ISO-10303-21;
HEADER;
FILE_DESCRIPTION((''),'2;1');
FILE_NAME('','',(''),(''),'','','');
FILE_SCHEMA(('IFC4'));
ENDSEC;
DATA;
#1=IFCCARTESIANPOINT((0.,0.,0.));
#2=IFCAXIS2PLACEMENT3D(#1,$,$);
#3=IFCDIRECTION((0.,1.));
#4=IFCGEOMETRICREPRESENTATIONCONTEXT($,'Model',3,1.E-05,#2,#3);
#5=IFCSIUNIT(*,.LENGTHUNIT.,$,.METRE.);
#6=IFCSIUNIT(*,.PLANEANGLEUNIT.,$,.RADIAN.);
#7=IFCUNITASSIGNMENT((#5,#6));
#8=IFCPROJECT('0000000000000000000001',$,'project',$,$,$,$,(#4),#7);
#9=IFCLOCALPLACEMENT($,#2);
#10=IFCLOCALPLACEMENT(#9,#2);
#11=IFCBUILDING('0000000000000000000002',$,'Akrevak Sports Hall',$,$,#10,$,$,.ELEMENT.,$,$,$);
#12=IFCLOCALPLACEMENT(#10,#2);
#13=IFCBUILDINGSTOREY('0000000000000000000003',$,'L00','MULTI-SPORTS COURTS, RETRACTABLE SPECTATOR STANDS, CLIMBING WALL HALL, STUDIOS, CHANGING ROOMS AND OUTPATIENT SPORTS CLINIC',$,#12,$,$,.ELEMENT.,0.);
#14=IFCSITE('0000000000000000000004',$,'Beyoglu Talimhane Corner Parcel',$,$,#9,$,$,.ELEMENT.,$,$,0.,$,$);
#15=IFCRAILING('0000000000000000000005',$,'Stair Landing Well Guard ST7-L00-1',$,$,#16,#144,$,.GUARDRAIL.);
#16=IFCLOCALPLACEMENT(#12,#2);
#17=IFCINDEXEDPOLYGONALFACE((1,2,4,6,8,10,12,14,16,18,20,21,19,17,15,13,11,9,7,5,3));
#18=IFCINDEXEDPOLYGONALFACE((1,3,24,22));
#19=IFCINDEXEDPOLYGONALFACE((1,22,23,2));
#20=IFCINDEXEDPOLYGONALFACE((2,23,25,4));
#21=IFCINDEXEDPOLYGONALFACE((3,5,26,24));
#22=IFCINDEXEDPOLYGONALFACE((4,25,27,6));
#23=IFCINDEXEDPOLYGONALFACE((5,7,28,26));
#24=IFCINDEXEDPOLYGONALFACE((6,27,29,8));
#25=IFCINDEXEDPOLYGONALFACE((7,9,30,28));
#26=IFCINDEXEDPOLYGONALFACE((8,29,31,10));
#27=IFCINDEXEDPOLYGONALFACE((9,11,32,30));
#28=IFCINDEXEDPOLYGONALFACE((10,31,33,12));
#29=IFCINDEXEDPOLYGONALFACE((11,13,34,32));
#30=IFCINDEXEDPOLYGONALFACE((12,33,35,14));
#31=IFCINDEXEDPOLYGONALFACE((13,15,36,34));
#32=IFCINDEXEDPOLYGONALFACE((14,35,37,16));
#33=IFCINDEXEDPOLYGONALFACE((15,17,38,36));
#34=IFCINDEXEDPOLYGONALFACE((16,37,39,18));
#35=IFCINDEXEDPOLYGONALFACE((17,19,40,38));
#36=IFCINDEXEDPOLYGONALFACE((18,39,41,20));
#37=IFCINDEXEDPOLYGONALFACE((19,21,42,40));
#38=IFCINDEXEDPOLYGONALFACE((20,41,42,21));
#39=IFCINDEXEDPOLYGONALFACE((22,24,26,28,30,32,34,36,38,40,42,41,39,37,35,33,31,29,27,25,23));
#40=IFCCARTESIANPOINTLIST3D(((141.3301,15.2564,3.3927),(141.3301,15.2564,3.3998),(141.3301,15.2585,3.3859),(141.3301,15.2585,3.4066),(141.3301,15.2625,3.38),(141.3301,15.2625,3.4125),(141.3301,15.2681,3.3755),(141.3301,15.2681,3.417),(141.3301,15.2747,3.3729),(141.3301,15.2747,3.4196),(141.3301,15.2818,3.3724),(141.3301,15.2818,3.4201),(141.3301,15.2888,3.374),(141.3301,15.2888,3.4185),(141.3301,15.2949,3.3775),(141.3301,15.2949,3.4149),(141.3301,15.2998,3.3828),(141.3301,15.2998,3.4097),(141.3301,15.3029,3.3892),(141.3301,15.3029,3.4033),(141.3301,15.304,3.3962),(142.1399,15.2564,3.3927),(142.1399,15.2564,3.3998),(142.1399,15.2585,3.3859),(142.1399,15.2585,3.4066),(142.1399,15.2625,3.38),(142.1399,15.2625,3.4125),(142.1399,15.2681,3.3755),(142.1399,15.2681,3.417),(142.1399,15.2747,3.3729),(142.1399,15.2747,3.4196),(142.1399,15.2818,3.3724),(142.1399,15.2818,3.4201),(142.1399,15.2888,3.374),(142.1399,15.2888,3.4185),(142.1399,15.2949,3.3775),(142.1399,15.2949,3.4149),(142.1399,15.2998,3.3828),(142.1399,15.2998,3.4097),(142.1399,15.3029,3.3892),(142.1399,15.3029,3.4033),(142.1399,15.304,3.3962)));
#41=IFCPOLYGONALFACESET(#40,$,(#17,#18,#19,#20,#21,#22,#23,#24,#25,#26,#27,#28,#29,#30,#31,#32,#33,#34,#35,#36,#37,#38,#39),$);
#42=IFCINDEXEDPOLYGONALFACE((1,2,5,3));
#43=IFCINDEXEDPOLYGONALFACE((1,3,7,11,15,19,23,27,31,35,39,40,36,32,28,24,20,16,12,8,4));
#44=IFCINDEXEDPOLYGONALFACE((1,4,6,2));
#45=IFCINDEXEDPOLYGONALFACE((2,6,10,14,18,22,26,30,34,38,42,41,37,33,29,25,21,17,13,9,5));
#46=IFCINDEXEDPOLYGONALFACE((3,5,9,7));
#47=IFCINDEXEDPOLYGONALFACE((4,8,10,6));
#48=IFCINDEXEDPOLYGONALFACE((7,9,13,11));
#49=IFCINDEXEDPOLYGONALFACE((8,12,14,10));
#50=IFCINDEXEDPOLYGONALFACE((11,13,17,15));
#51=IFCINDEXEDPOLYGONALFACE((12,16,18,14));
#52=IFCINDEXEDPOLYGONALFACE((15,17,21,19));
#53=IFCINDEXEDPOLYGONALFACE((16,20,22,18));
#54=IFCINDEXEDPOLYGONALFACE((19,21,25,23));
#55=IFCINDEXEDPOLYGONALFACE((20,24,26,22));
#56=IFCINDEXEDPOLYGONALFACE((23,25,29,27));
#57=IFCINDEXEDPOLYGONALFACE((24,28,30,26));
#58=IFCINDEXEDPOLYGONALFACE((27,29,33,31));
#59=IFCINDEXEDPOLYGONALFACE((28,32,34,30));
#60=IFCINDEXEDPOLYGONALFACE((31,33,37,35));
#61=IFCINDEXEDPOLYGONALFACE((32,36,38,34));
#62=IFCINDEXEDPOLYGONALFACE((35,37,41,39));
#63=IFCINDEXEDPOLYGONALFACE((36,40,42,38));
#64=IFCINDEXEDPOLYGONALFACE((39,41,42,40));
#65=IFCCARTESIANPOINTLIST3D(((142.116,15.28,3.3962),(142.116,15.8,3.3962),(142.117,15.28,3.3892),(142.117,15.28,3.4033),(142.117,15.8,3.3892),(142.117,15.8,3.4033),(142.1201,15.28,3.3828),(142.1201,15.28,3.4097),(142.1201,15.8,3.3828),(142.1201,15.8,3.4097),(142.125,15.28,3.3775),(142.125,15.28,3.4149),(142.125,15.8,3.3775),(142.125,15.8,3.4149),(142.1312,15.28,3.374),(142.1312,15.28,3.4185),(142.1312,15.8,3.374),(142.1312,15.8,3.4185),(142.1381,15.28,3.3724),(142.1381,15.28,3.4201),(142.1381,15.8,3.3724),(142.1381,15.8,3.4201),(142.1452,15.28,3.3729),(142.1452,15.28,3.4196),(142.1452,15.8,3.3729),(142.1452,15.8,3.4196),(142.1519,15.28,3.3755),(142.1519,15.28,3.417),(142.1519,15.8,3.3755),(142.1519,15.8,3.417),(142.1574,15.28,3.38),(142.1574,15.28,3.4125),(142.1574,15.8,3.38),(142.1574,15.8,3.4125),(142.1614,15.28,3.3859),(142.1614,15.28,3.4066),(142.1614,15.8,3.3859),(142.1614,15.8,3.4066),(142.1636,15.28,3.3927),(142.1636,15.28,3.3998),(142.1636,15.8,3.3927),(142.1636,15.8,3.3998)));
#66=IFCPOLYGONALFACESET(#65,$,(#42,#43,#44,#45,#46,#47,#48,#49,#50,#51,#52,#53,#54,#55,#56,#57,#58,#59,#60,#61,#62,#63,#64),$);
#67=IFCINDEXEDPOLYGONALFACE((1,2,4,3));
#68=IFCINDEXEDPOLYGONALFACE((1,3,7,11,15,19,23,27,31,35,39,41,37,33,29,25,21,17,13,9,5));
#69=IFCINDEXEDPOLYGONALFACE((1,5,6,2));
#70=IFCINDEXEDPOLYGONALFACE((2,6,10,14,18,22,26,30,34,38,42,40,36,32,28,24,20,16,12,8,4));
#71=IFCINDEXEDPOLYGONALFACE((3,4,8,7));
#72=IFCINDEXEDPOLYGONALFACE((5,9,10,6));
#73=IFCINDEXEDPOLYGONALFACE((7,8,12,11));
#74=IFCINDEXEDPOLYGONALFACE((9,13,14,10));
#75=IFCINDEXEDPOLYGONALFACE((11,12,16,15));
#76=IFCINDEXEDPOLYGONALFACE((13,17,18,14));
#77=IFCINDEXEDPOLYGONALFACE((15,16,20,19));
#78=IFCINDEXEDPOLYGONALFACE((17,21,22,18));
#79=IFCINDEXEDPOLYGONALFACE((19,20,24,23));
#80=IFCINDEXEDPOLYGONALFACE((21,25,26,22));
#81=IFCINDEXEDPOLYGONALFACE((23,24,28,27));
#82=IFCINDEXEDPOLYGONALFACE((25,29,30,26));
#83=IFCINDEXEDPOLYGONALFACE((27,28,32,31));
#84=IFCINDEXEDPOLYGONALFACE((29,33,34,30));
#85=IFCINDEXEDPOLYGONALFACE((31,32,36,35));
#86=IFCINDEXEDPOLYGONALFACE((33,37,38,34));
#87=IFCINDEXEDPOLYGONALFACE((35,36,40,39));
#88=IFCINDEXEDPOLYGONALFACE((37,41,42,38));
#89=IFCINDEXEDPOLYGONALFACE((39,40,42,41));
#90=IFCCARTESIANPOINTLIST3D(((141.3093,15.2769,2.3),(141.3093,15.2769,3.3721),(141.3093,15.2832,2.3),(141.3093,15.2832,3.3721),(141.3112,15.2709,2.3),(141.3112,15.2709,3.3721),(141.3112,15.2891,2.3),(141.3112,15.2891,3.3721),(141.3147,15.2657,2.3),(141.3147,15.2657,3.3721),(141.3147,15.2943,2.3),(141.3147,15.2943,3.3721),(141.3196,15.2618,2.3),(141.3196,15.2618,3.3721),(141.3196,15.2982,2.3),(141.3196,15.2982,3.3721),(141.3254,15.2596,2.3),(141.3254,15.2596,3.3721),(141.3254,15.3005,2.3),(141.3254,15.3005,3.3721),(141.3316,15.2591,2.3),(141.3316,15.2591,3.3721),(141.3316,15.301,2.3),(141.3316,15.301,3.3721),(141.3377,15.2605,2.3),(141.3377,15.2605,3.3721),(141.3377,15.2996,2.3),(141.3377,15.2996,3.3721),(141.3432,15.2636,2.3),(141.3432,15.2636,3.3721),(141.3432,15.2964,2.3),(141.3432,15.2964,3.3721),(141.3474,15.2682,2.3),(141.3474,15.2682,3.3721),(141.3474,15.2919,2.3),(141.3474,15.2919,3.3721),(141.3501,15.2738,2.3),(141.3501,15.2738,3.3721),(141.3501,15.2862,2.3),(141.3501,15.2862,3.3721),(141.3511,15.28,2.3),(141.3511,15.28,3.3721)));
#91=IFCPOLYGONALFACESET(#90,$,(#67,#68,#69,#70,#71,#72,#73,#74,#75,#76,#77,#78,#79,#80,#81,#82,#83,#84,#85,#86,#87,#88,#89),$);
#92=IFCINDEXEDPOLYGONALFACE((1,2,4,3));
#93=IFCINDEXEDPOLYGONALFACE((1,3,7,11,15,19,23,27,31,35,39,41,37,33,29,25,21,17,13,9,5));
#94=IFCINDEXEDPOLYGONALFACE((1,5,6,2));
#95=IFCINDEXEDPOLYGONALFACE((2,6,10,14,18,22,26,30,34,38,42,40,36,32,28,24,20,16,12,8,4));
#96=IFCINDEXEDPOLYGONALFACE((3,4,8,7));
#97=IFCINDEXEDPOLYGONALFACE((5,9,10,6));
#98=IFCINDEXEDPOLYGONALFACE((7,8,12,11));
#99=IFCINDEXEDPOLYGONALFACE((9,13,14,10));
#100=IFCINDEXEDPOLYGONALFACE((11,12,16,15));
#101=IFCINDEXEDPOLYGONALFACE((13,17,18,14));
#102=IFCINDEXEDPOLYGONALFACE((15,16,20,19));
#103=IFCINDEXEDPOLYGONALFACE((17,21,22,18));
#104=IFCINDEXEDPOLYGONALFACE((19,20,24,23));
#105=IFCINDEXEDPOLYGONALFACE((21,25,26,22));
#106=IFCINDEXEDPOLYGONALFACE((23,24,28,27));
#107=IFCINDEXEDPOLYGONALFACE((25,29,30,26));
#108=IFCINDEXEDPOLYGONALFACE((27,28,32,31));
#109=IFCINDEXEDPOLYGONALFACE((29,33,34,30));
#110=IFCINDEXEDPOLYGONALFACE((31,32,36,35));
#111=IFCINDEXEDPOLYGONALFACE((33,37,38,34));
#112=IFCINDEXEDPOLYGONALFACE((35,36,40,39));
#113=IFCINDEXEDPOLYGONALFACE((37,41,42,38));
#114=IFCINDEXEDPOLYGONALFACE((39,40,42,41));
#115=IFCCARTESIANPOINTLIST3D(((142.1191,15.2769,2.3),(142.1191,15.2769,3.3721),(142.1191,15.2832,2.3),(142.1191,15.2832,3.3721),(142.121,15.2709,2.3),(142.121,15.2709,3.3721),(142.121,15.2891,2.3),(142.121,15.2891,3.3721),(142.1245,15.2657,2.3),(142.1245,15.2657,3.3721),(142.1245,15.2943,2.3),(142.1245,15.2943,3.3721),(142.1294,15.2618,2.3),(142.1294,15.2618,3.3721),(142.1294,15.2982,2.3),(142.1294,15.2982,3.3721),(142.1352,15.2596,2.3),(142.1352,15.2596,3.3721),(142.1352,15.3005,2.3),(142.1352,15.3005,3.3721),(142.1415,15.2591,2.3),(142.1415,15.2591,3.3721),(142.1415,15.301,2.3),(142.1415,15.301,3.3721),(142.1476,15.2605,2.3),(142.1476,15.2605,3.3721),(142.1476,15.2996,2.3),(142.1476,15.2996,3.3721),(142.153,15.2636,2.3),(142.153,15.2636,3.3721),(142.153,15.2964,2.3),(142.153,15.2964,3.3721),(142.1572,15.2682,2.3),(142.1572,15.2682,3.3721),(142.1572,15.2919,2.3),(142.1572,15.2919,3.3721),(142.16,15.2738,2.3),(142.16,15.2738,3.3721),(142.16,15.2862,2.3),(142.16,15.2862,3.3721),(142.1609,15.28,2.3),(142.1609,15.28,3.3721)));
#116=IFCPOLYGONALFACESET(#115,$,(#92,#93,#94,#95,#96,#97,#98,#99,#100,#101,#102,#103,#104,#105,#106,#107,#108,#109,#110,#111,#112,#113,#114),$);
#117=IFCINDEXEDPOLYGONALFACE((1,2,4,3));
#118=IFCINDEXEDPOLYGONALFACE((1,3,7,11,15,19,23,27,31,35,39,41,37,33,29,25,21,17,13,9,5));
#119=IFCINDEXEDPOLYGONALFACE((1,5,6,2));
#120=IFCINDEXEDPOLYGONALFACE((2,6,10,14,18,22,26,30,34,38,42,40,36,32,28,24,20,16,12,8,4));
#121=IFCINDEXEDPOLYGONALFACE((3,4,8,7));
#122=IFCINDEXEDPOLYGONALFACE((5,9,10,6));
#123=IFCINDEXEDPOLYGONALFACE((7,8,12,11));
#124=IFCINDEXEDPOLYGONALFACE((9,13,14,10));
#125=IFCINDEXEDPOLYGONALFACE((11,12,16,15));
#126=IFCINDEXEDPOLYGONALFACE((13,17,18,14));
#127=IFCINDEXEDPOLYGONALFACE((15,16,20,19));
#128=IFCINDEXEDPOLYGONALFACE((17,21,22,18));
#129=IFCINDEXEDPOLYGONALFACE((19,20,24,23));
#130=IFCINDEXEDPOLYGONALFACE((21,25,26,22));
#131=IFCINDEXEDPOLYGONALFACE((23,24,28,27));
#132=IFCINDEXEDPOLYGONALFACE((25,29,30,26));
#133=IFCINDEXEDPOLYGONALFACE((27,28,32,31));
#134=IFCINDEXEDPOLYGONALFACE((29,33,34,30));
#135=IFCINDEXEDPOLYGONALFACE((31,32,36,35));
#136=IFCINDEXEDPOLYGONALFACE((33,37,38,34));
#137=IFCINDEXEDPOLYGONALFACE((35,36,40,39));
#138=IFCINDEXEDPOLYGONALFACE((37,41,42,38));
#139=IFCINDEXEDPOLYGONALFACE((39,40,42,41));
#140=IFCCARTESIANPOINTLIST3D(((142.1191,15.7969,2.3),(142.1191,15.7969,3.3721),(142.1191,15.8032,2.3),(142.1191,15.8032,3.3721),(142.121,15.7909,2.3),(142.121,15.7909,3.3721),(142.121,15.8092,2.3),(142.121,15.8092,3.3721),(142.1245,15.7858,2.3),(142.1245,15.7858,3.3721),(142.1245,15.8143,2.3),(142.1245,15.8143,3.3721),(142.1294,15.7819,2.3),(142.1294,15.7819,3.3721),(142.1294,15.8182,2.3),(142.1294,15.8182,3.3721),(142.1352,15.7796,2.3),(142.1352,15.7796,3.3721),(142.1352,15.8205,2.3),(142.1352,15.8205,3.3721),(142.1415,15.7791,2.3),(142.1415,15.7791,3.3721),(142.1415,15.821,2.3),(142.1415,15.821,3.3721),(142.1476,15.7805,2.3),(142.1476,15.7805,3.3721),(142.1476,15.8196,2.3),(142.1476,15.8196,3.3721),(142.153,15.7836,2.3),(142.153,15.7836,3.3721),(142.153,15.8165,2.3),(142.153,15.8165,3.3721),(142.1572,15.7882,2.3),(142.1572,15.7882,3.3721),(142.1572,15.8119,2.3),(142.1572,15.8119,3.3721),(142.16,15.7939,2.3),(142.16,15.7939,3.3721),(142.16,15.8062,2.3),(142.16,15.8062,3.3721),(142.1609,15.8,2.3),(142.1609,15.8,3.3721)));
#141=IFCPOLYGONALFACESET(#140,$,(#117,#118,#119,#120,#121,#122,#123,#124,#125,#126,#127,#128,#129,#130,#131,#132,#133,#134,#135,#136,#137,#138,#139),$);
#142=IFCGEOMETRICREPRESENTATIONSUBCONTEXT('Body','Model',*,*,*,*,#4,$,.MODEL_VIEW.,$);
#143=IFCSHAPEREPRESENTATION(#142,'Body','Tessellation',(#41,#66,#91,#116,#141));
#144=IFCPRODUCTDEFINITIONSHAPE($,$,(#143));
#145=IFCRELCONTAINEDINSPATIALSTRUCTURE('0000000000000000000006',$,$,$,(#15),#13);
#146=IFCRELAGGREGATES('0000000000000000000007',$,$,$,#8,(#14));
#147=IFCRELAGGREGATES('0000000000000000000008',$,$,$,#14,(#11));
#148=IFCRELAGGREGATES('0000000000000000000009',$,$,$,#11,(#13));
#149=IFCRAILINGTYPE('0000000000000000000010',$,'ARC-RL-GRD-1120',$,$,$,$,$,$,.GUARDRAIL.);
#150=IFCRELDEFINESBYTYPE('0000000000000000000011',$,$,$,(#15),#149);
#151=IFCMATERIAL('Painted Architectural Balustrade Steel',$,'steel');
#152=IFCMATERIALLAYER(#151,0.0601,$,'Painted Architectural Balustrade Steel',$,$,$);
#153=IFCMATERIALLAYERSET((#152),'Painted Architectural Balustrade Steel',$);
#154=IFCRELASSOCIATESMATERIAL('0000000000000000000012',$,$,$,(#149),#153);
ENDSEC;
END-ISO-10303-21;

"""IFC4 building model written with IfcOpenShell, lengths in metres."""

from ifc_helpers import new_model, si_unit, direction, frame, origin, origin_2d, place, context, subcontext, project, spatial, circle, extrude, material, layer, layer_set, type_object, element, save


model = new_model("IFC4")

# Units and contexts
model_context = context("Model", 3, precision=1e-05, world=origin(), true_north=direction((0.0, 1.0)))
body_context = subcontext(model_context, "Body", "Model", "MODEL_VIEW")
ifc_project = project(units=[si_unit("LENGTHUNIT", "METRE"), si_unit("PLANEANGLEUNIT", "RADIAN")], contexts=[model_context])

# Site, building, storey
site_placement = place(None, origin())
site = spatial("IfcSite", under=ifc_project, at=site_placement, Name="Beyoglu Talimhane Corner Parcel", CompositionType="ELEMENT", RefElevation=0.0)
building_placement = place(site_placement, origin())
building = spatial("IfcBuilding", under=site, at=building_placement, Name="Akrevak Sports Hall", CompositionType="ELEMENT")
storey_placement = place(building_placement, origin())
storey = spatial("IfcBuildingStorey", under=building, at=storey_placement, Name="L00", Description="MULTI-SPORTS COURTS, RETRACTABLE SPECTATOR STANDS, CLIMBING WALL HALL, STUDIOS, CHANGING ROOMS AND OUTPATIENT SPORTS CLINIC", CompositionType="ELEMENT", Elevation=0.0)

# Railing
ifc_material_1 = material(Name="Painted Architectural Balustrade Steel", Category="steel")
ifc_layer_1 = layer(ifc_material_1, 0.0601, Name="Painted Architectural Balustrade Steel")
ifc_layer_set_1 = layer_set([ifc_layer_1], Name="Painted Architectural Balustrade Steel")
railing_type = type_object("IfcRailingType", Name="ARC-RL-GRD-1120", PredefinedType="GUARDRAIL", material=ifc_layer_set_1)
railing_placement = place(storey_placement, frame((141.3301, 15.28, 2.3)))
element("IfcRailing", 1, at=railing_placement, inside=storey, type_object=railing_type, Name="Stair Landing Well Guard ST7-L00-1", PredefinedType="GUARDRAIL", context=body_context, shape_type="SweptSolid", body=[
    extrude(circle(Radius=0.0239, at=origin_2d()), frame((0.0, 0.0, 1.0962), z_axis=(1.0, 0.0, 0.0), x_axis=(0.0, 1.0, 0.0)), (0.0, 0.0, 1.0), 0.8098),
    extrude(circle(Radius=0.0239, at=origin_2d()), frame((0.8098, 0.0, 1.0962), z_axis=(0.0, 1.0, 0.0), x_axis=(-1.0, 0.0, 0.0)), (0.0, 0.0, 1.0), 0.52),
    extrude(circle(Radius=0.021, at=origin_2d()), origin(), (0.0, 0.0, 1.0), 1.072),
    extrude(circle(Radius=0.021, at=origin_2d()), frame((0.8098, 0.0, 0.0)), (0.0, 0.0, 1.0), 1.072),
    extrude(circle(Radius=0.021, at=origin_2d()), frame((0.8098, 0.52, 0.0)), (0.0, 0.0, 1.0), 1.072),
])

save(model, "model.ifc")
